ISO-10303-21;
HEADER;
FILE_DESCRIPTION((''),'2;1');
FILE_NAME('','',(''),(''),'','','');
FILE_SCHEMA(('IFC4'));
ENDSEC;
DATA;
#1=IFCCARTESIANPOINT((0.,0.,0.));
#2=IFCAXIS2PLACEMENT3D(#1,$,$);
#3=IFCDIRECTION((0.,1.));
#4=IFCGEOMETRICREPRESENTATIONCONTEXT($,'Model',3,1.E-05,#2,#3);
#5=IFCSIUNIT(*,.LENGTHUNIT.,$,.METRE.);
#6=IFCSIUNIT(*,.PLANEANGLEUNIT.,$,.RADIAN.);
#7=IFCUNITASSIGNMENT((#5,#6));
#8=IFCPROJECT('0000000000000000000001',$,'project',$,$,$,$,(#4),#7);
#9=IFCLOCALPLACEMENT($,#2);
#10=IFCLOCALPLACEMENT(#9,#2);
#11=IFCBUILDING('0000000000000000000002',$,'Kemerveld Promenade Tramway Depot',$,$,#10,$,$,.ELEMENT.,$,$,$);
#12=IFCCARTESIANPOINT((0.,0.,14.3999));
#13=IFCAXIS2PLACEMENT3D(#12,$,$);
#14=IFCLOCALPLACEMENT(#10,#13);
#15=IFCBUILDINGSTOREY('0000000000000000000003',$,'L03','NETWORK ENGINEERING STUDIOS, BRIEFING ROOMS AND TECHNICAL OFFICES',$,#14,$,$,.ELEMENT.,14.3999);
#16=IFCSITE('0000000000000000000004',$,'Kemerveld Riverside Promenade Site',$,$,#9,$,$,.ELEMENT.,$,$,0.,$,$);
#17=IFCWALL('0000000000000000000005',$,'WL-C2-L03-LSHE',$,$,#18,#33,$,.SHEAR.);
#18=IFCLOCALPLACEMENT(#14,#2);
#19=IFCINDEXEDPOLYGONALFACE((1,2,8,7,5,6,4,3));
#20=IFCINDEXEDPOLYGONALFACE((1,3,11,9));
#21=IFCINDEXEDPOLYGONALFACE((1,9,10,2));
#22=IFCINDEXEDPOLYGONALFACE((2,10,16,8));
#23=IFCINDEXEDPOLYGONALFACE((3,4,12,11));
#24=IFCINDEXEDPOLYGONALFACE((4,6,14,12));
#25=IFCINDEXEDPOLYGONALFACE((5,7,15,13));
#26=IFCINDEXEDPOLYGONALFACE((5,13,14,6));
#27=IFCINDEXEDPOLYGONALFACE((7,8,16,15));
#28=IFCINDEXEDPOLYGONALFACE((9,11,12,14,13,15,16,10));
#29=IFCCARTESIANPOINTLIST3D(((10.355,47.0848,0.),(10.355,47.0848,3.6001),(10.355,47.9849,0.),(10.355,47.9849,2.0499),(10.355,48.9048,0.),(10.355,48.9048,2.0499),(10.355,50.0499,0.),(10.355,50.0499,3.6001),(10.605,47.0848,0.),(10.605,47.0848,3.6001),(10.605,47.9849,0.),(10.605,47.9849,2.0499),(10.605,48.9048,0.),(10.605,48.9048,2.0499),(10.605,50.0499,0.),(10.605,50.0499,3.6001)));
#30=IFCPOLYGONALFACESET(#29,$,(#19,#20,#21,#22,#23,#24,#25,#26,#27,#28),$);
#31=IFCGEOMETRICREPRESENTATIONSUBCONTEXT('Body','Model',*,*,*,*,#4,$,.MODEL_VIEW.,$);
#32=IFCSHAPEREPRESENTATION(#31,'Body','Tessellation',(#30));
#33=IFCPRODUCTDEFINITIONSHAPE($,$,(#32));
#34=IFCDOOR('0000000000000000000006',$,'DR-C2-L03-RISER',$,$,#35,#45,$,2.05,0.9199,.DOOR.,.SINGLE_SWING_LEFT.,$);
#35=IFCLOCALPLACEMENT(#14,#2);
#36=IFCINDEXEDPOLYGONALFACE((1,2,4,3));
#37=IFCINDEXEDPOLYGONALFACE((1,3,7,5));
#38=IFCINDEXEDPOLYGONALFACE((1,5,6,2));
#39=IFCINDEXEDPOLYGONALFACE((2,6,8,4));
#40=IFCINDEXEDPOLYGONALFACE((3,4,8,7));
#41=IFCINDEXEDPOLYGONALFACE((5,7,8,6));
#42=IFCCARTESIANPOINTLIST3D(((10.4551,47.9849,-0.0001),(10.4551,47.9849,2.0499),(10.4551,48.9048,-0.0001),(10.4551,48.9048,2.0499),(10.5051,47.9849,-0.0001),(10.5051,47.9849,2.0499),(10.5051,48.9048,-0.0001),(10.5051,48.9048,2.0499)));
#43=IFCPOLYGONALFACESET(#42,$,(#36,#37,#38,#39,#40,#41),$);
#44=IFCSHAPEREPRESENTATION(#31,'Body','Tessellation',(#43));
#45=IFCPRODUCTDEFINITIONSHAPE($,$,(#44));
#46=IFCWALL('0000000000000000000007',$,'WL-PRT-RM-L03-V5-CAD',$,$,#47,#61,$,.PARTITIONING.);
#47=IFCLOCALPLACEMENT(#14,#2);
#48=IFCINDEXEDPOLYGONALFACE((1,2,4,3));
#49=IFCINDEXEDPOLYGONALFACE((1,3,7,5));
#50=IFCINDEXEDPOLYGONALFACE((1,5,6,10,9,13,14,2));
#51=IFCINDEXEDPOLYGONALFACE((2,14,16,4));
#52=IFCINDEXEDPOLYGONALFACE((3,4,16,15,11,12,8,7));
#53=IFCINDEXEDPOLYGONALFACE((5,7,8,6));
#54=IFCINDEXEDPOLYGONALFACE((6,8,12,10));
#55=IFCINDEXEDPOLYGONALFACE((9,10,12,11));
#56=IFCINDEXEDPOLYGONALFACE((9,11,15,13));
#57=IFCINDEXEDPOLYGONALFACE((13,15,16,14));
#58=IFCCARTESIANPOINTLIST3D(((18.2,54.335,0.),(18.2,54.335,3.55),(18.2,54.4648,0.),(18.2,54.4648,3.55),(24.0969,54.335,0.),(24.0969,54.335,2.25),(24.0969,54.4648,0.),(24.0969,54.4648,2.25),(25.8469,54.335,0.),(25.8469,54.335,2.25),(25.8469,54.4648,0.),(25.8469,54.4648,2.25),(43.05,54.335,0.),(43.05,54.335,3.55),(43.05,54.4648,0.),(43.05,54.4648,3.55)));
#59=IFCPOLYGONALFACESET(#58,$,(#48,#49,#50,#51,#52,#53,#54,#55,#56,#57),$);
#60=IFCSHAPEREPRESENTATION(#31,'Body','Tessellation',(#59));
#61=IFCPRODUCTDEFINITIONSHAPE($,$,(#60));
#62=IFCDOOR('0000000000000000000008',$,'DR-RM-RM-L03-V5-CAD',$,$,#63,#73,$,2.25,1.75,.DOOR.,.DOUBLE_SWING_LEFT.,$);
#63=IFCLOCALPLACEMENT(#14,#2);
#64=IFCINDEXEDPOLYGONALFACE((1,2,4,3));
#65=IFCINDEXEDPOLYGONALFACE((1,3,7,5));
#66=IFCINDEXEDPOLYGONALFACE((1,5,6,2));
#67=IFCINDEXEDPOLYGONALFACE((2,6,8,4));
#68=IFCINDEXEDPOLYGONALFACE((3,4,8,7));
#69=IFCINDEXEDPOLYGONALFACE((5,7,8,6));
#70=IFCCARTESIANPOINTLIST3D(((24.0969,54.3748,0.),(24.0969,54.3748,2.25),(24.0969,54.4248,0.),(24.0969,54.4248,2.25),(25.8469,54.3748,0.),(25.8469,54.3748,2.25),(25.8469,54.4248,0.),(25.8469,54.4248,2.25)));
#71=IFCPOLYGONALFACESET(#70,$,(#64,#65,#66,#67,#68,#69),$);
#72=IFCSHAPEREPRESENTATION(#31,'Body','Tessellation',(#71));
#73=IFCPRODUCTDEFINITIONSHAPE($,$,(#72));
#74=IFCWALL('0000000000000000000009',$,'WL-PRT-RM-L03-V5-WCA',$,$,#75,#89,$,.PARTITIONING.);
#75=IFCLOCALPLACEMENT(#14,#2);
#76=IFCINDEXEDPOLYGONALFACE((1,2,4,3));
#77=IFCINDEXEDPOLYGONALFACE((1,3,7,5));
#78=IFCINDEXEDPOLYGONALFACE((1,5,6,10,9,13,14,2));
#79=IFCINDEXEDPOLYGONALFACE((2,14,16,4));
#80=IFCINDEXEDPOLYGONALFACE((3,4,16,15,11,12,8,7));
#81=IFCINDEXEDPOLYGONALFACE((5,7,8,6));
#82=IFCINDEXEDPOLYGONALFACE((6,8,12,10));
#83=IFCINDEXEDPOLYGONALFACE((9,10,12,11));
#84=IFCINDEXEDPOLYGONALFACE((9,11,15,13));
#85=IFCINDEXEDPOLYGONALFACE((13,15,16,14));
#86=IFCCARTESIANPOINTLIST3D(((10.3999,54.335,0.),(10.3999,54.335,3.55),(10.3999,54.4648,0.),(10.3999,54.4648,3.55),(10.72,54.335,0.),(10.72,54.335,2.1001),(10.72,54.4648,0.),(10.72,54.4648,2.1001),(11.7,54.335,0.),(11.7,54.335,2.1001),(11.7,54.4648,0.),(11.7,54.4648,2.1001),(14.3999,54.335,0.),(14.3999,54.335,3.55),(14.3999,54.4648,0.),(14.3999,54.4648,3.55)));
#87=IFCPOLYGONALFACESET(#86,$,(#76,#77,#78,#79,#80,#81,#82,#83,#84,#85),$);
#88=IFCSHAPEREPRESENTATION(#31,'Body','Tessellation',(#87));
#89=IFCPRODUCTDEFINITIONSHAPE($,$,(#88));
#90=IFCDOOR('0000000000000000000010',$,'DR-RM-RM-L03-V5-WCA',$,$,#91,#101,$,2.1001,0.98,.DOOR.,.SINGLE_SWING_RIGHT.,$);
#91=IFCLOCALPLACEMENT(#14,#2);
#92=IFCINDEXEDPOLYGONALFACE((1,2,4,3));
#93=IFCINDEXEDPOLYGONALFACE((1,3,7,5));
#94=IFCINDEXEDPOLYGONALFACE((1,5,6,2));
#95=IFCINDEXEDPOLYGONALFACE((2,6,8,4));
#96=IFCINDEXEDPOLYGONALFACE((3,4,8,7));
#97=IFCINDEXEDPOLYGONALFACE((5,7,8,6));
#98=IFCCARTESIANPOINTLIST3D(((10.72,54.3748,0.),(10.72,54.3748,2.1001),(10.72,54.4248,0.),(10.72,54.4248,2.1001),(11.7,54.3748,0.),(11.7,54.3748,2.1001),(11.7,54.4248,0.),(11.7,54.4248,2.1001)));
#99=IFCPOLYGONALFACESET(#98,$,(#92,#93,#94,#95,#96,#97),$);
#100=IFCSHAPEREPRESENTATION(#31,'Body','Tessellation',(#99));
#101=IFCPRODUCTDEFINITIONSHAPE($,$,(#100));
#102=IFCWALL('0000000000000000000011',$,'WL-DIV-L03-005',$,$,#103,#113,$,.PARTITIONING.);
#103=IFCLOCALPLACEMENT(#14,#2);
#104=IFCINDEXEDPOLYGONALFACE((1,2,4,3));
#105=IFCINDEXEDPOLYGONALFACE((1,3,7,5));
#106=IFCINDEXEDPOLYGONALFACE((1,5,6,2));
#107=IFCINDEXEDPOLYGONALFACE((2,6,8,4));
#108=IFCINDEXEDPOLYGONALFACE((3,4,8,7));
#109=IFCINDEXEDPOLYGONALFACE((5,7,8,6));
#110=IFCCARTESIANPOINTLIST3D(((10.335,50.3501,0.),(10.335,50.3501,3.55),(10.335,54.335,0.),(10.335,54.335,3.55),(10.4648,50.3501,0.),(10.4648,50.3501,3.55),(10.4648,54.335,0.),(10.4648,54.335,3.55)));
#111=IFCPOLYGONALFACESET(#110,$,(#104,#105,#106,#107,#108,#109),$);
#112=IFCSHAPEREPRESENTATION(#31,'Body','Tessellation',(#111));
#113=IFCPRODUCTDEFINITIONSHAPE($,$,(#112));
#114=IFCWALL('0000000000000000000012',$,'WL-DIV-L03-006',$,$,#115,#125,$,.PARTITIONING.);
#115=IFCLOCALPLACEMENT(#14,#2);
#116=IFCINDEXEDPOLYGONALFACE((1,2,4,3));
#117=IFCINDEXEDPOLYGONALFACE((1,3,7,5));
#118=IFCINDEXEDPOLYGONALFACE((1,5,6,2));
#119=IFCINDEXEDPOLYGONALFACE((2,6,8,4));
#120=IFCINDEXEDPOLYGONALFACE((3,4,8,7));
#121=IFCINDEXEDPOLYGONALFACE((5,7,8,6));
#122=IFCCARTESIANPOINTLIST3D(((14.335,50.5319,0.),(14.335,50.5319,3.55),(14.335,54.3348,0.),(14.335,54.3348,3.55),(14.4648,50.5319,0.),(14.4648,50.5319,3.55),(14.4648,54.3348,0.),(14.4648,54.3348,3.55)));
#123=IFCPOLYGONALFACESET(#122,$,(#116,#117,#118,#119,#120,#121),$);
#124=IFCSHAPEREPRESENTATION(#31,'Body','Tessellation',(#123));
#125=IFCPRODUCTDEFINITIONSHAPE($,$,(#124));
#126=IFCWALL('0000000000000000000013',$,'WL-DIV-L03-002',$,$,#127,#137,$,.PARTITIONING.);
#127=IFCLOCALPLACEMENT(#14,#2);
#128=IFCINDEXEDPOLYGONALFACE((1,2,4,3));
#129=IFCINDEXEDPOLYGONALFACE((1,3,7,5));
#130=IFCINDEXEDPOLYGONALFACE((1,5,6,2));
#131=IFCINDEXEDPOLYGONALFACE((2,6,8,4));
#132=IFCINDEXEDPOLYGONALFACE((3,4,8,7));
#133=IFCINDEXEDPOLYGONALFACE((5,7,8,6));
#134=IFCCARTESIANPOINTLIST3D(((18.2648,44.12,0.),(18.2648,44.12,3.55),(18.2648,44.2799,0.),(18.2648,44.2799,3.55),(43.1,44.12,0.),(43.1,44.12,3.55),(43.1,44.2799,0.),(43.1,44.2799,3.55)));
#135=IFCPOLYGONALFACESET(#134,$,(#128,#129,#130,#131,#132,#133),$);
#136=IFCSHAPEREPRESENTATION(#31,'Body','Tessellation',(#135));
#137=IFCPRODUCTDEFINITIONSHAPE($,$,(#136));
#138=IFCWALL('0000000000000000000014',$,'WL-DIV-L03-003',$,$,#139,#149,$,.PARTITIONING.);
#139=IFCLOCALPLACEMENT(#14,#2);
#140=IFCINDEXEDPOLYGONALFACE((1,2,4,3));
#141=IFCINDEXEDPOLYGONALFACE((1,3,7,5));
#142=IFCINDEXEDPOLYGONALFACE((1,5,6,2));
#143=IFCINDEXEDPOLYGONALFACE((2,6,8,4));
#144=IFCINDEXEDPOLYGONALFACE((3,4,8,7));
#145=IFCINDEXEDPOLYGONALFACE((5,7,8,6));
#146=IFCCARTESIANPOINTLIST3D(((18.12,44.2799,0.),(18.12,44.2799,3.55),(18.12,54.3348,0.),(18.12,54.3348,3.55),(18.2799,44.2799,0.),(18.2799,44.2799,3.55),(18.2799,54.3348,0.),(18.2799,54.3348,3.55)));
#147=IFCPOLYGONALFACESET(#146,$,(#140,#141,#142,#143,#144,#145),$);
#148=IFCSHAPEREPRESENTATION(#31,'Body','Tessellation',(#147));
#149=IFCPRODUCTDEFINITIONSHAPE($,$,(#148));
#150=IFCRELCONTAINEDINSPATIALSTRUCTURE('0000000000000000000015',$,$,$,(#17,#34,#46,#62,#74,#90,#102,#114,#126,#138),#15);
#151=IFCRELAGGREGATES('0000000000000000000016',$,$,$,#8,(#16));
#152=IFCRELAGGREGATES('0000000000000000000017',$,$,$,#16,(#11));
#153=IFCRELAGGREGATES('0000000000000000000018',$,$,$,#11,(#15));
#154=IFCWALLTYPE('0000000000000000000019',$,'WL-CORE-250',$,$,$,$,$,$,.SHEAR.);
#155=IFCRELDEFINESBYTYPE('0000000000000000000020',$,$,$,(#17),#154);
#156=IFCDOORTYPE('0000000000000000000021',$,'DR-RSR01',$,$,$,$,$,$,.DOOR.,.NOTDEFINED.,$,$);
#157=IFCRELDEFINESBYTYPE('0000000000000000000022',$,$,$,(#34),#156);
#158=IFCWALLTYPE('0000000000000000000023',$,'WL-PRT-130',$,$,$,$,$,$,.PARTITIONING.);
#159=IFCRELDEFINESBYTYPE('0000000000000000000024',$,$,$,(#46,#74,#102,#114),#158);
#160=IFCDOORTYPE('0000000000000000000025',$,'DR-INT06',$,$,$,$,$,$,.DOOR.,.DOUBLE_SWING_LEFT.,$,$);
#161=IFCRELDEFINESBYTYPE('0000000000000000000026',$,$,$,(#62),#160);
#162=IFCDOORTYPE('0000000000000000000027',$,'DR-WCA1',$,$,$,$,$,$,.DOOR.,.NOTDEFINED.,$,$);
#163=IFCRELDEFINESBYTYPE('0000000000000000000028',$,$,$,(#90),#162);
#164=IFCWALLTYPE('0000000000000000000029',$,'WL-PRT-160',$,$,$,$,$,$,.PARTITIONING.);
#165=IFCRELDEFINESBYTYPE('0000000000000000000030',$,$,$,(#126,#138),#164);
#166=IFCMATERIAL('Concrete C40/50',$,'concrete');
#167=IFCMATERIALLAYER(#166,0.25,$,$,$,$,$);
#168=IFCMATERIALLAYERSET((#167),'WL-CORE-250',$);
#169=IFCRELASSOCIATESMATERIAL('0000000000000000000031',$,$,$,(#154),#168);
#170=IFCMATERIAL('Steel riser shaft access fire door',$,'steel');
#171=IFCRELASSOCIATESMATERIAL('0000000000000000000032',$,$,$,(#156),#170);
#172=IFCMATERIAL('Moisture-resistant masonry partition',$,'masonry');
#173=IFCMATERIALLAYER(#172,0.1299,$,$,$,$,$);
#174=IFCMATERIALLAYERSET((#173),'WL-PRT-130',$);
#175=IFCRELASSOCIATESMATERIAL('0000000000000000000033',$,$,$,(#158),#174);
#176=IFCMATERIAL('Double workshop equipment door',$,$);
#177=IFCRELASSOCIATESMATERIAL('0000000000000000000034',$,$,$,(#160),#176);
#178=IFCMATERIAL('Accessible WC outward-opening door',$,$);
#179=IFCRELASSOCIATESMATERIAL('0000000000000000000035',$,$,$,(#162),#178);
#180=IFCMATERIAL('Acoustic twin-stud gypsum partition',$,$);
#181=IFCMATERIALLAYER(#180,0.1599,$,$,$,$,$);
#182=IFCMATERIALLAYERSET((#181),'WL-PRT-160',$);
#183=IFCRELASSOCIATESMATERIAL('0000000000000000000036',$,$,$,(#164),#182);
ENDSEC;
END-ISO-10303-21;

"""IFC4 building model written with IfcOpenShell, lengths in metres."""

from ifc_helpers import new_model, si_unit, direction, frame, frame_2d, origin, place, context, subcontext, project, spatial, rectangle, extrude, material, layer, layer_set, type_object, element, fill, save


model = new_model("IFC4")

# Units and contexts
model_context = context("Model", 3, precision=1e-05, world=origin(), true_north=direction((0.0, 1.0)))
body_context = subcontext(model_context, "Body", "Model", "MODEL_VIEW")
ifc_project = project(units=[si_unit("LENGTHUNIT", "METRE"), si_unit("PLANEANGLEUNIT", "RADIAN")], contexts=[model_context])

# Site, building, storey
site_placement = place(None, origin())
site = spatial("IfcSite", under=ifc_project, at=site_placement, Name="Kemerveld Riverside Promenade Site", CompositionType="ELEMENT", RefElevation=0.0)
building_placement = place(site_placement, origin())
building = spatial("IfcBuilding", under=site, at=building_placement, Name="Kemerveld Promenade Tramway Depot", CompositionType="ELEMENT")
storey_placement = place(building_placement, frame((0.0, 0.0, 14.3999)))
storey = spatial("IfcBuildingStorey", under=building, at=storey_placement, Name="L03", Description="NETWORK ENGINEERING STUDIOS, BRIEFING ROOMS AND TECHNICAL OFFICES", CompositionType="ELEMENT", Elevation=14.3999)

# Shared definitions
ifc_material_1 = material(Name="Concrete C40/50", Category="concrete")

# Shared definitions
ifc_layer_1 = layer(ifc_material_1, 0.25)
ifc_layer_set_1 = layer_set([ifc_layer_1], Name="WL-CORE-250")
wall_type_1 = type_object("IfcWallType", Name="WL-CORE-250", PredefinedType="SHEAR", material=ifc_layer_set_1)

# Walls, openings, doors
wall_1_placement = place(storey_placement, frame((10.48, 47.085, 0.0), z_axis=(0.0, 0.0, 1.0), x_axis=(0.0, 1.0, 0.0)))
wall_1 = element("IfcWall", 1, at=wall_1_placement, inside=storey, type_object=wall_type_1, Name="WL-C2-L03-LSHE", PredefinedType="SHEAR", context=body_context, shape_type="SweptSolid", body=[
    extrude(rectangle(XDim=2.9651, YDim=0.25, at=frame_2d((1.4824, 0.0))), origin(), (0.0, 0.0, 1.0), 3.6001),
])
opening_1_placement = place(wall_1_placement, frame((0.8999, 0.0, 0.0)))
opening_1 = element("IfcOpeningElement", 2, at=opening_1_placement, cuts=wall_1, PredefinedType="OPENING", context=body_context, shape_type="SweptSolid", body=[
    extrude(rectangle(XDim=0.9199, YDim=2.05, at=frame_2d((0.46, 1.0249))), frame((0.0, 0.135, 0.0), z_axis=(0.0, -1.0, 0.0), x_axis=(1.0, 0.0, 0.0)), (0.0, 0.0, 1.0), 0.27),
])
ifc_material_2 = material(Name="Steel riser shaft access fire door", Category="steel")
door_type_1 = type_object("IfcDoorType", Name="DR-RSR01", OperationType="NOTDEFINED", PredefinedType="DOOR", material=ifc_material_2)
door_1_placement = place(opening_1_placement, origin())
door_1 = element("IfcDoor", 3, at=door_1_placement, inside=storey, type_object=door_type_1, Name="DR-C2-L03-RISER", OperationType="SINGLE_SWING_LEFT", OverallHeight=2.05, OverallWidth=0.9199, PredefinedType="DOOR", context=body_context, shape_type="SweptSolid", body=[
    extrude(rectangle(XDim=0.9199, YDim=2.05, at=frame_2d((0.46, 1.0249))), frame((0.0, 0.0249, 0.0), z_axis=(0.0, -1.0, 0.0), x_axis=(1.0, 0.0, 0.0)), (0.0, 0.0, 1.0), 0.05),
])
fill(opening_1, door_1)
ifc_material_3 = material(Name="Moisture-resistant masonry partition", Category="masonry")
ifc_layer_2 = layer(ifc_material_3, 0.1299)
ifc_layer_set_2 = layer_set([ifc_layer_2], Name="WL-PRT-130")
wall_type_2 = type_object("IfcWallType", Name="WL-PRT-130", PredefinedType="PARTITIONING", material=ifc_layer_set_2)
wall_2_placement = place(storey_placement, frame((18.2, 54.3999, 0.0), z_axis=(0.0, 0.0, 1.0), x_axis=(1.0, 0.0, 0.0)))
wall_2 = element("IfcWall", 4, at=wall_2_placement, inside=storey, type_object=wall_type_2, Name="WL-PRT-RM-L03-V5-CAD", PredefinedType="PARTITIONING", context=body_context, shape_type="SweptSolid", body=[
    extrude(rectangle(XDim=24.8501, YDim=0.1299, at=frame_2d((12.425, 0.0))), origin(), (0.0, 0.0, 1.0), 3.55),
])
opening_2_placement = place(wall_2_placement, frame((5.897, 0.0, 0.0)))
opening_2 = element("IfcOpeningElement", 5, at=opening_2_placement, cuts=wall_2, PredefinedType="OPENING", context=body_context, shape_type="SweptSolid", body=[
    extrude(rectangle(XDim=1.75, YDim=2.25, at=frame_2d((0.875, 1.125))), frame((0.0, 0.075, 0.0), z_axis=(0.0, -1.0, 0.0), x_axis=(1.0, 0.0, 0.0)), (0.0, 0.0, 1.0), 0.1499),
])
ifc_material_4 = material(Name="Double workshop equipment door")
door_type_2 = type_object("IfcDoorType", Name="DR-INT06", OperationType="DOUBLE_SWING_LEFT", PredefinedType="DOOR", material=ifc_material_4)
door_2_placement = place(opening_2_placement, origin())
door_2 = element("IfcDoor", 6, at=door_2_placement, inside=storey, type_object=door_type_2, Name="DR-RM-RM-L03-V5-CAD", OperationType="DOUBLE_SWING_LEFT", OverallHeight=2.25, OverallWidth=1.75, PredefinedType="DOOR", context=body_context, shape_type="SweptSolid", body=[
    extrude(rectangle(XDim=1.75, YDim=2.25, at=frame_2d((0.875, 1.125))), frame((0.0, 0.0249, 0.0), z_axis=(0.0, -1.0, 0.0), x_axis=(1.0, 0.0, 0.0)), (0.0, 0.0, 1.0), 0.05),
])
fill(opening_2, door_2)
wall_3_placement = place(storey_placement, frame((10.3999, 54.3999, 0.0), z_axis=(0.0, 0.0, 1.0), x_axis=(1.0, 0.0, 0.0)))
wall_3 = element("IfcWall", 7, at=wall_3_placement, inside=storey, type_object=wall_type_2, Name="WL-PRT-RM-L03-V5-WCA", PredefinedType="PARTITIONING", context=body_context, shape_type="SweptSolid", body=[
    extrude(rectangle(XDim=4.0, YDim=0.1299, at=frame_2d((2.0, 0.0))), origin(), (0.0, 0.0, 1.0), 3.55),
])
opening_3_placement = place(wall_3_placement, frame((0.3201, 0.0, 0.0)))
opening_3 = element("IfcOpeningElement", 8, at=opening_3_placement, cuts=wall_3, PredefinedType="OPENING", context=body_context, shape_type="SweptSolid", body=[
    extrude(rectangle(XDim=0.98, YDim=2.1001, at=frame_2d((0.49, 1.05))), frame((0.0, 0.075, 0.0), z_axis=(0.0, -1.0, 0.0), x_axis=(1.0, 0.0, 0.0)), (0.0, 0.0, 1.0), 0.1499),
])
ifc_material_5 = material(Name="Accessible WC outward-opening door")
door_type_3 = type_object("IfcDoorType", Name="DR-WCA1", OperationType="NOTDEFINED", PredefinedType="DOOR", material=ifc_material_5)
door_3_placement = place(opening_3_placement, origin())
door_3 = element("IfcDoor", 9, at=door_3_placement, inside=storey, type_object=door_type_3, Name="DR-RM-RM-L03-V5-WCA", OperationType="SINGLE_SWING_RIGHT", OverallHeight=2.1001, OverallWidth=0.98, PredefinedType="DOOR", context=body_context, shape_type="SweptSolid", body=[
    extrude(rectangle(XDim=0.98, YDim=2.1001, at=frame_2d((0.49, 1.05))), frame((0.0, 0.0249, 0.0), z_axis=(0.0, -1.0, 0.0), x_axis=(1.0, 0.0, 0.0)), (0.0, 0.0, 1.0), 0.05),
])
fill(opening_3, door_3)

# Walls
wall_4_placement = place(storey_placement, frame((10.3999, 50.3501, 0.0), z_axis=(0.0, 0.0, 1.0), x_axis=(0.0, 1.0, 0.0)))
element("IfcWall", 10, at=wall_4_placement, inside=storey, type_object=wall_type_2, Name="WL-DIV-L03-005", PredefinedType="PARTITIONING", context=body_context, shape_type="SweptSolid", body=[
    extrude(rectangle(XDim=3.9849, YDim=0.1299, at=frame_2d((1.9924, 0.0))), origin(), (0.0, 0.0, 1.0), 3.55),
])
wall_5_placement = place(storey_placement, frame((14.3999, 50.532, 0.0), z_axis=(0.0, 0.0, 1.0), x_axis=(0.0, 1.0, 0.0)))
element("IfcWall", 11, at=wall_5_placement, inside=storey, type_object=wall_type_2, Name="WL-DIV-L03-006", PredefinedType="PARTITIONING", context=body_context, shape_type="SweptSolid", body=[
    extrude(rectangle(XDim=3.803, YDim=0.1299, at=frame_2d((1.9014, 0.0))), origin(), (0.0, 0.0, 1.0), 3.55),
])
ifc_material_6 = material(Name="Acoustic twin-stud gypsum partition")
ifc_layer_3 = layer(ifc_material_6, 0.1599)
ifc_layer_set_3 = layer_set([ifc_layer_3], Name="WL-PRT-160")
wall_type_3 = type_object("IfcWallType", Name="WL-PRT-160", PredefinedType="PARTITIONING", material=ifc_layer_set_3)
wall_6_placement = place(storey_placement, frame((18.2649, 44.2, 0.0), z_axis=(0.0, 0.0, 1.0), x_axis=(1.0, 0.0, 0.0)))
element("IfcWall", 12, at=wall_6_placement, inside=storey, type_object=wall_type_3, Name="WL-DIV-L03-002", PredefinedType="PARTITIONING", context=body_context, shape_type="SweptSolid", body=[
    extrude(rectangle(XDim=24.8352, YDim=0.1599, at=frame_2d((12.4175, 0.0))), origin(), (0.0, 0.0, 1.0), 3.55),
])
wall_7_placement = place(storey_placement, frame((18.2, 44.28, 0.0), z_axis=(0.0, 0.0, 1.0), x_axis=(0.0, 1.0, 0.0)))
element("IfcWall", 13, at=wall_7_placement, inside=storey, type_object=wall_type_3, Name="WL-DIV-L03-003", PredefinedType="PARTITIONING", context=body_context, shape_type="SweptSolid", body=[
    extrude(rectangle(XDim=10.0549, YDim=0.1599, at=frame_2d((5.0273, 0.0))), origin(), (0.0, 0.0, 1.0), 3.55),
])

save(model, "model.ifc")
